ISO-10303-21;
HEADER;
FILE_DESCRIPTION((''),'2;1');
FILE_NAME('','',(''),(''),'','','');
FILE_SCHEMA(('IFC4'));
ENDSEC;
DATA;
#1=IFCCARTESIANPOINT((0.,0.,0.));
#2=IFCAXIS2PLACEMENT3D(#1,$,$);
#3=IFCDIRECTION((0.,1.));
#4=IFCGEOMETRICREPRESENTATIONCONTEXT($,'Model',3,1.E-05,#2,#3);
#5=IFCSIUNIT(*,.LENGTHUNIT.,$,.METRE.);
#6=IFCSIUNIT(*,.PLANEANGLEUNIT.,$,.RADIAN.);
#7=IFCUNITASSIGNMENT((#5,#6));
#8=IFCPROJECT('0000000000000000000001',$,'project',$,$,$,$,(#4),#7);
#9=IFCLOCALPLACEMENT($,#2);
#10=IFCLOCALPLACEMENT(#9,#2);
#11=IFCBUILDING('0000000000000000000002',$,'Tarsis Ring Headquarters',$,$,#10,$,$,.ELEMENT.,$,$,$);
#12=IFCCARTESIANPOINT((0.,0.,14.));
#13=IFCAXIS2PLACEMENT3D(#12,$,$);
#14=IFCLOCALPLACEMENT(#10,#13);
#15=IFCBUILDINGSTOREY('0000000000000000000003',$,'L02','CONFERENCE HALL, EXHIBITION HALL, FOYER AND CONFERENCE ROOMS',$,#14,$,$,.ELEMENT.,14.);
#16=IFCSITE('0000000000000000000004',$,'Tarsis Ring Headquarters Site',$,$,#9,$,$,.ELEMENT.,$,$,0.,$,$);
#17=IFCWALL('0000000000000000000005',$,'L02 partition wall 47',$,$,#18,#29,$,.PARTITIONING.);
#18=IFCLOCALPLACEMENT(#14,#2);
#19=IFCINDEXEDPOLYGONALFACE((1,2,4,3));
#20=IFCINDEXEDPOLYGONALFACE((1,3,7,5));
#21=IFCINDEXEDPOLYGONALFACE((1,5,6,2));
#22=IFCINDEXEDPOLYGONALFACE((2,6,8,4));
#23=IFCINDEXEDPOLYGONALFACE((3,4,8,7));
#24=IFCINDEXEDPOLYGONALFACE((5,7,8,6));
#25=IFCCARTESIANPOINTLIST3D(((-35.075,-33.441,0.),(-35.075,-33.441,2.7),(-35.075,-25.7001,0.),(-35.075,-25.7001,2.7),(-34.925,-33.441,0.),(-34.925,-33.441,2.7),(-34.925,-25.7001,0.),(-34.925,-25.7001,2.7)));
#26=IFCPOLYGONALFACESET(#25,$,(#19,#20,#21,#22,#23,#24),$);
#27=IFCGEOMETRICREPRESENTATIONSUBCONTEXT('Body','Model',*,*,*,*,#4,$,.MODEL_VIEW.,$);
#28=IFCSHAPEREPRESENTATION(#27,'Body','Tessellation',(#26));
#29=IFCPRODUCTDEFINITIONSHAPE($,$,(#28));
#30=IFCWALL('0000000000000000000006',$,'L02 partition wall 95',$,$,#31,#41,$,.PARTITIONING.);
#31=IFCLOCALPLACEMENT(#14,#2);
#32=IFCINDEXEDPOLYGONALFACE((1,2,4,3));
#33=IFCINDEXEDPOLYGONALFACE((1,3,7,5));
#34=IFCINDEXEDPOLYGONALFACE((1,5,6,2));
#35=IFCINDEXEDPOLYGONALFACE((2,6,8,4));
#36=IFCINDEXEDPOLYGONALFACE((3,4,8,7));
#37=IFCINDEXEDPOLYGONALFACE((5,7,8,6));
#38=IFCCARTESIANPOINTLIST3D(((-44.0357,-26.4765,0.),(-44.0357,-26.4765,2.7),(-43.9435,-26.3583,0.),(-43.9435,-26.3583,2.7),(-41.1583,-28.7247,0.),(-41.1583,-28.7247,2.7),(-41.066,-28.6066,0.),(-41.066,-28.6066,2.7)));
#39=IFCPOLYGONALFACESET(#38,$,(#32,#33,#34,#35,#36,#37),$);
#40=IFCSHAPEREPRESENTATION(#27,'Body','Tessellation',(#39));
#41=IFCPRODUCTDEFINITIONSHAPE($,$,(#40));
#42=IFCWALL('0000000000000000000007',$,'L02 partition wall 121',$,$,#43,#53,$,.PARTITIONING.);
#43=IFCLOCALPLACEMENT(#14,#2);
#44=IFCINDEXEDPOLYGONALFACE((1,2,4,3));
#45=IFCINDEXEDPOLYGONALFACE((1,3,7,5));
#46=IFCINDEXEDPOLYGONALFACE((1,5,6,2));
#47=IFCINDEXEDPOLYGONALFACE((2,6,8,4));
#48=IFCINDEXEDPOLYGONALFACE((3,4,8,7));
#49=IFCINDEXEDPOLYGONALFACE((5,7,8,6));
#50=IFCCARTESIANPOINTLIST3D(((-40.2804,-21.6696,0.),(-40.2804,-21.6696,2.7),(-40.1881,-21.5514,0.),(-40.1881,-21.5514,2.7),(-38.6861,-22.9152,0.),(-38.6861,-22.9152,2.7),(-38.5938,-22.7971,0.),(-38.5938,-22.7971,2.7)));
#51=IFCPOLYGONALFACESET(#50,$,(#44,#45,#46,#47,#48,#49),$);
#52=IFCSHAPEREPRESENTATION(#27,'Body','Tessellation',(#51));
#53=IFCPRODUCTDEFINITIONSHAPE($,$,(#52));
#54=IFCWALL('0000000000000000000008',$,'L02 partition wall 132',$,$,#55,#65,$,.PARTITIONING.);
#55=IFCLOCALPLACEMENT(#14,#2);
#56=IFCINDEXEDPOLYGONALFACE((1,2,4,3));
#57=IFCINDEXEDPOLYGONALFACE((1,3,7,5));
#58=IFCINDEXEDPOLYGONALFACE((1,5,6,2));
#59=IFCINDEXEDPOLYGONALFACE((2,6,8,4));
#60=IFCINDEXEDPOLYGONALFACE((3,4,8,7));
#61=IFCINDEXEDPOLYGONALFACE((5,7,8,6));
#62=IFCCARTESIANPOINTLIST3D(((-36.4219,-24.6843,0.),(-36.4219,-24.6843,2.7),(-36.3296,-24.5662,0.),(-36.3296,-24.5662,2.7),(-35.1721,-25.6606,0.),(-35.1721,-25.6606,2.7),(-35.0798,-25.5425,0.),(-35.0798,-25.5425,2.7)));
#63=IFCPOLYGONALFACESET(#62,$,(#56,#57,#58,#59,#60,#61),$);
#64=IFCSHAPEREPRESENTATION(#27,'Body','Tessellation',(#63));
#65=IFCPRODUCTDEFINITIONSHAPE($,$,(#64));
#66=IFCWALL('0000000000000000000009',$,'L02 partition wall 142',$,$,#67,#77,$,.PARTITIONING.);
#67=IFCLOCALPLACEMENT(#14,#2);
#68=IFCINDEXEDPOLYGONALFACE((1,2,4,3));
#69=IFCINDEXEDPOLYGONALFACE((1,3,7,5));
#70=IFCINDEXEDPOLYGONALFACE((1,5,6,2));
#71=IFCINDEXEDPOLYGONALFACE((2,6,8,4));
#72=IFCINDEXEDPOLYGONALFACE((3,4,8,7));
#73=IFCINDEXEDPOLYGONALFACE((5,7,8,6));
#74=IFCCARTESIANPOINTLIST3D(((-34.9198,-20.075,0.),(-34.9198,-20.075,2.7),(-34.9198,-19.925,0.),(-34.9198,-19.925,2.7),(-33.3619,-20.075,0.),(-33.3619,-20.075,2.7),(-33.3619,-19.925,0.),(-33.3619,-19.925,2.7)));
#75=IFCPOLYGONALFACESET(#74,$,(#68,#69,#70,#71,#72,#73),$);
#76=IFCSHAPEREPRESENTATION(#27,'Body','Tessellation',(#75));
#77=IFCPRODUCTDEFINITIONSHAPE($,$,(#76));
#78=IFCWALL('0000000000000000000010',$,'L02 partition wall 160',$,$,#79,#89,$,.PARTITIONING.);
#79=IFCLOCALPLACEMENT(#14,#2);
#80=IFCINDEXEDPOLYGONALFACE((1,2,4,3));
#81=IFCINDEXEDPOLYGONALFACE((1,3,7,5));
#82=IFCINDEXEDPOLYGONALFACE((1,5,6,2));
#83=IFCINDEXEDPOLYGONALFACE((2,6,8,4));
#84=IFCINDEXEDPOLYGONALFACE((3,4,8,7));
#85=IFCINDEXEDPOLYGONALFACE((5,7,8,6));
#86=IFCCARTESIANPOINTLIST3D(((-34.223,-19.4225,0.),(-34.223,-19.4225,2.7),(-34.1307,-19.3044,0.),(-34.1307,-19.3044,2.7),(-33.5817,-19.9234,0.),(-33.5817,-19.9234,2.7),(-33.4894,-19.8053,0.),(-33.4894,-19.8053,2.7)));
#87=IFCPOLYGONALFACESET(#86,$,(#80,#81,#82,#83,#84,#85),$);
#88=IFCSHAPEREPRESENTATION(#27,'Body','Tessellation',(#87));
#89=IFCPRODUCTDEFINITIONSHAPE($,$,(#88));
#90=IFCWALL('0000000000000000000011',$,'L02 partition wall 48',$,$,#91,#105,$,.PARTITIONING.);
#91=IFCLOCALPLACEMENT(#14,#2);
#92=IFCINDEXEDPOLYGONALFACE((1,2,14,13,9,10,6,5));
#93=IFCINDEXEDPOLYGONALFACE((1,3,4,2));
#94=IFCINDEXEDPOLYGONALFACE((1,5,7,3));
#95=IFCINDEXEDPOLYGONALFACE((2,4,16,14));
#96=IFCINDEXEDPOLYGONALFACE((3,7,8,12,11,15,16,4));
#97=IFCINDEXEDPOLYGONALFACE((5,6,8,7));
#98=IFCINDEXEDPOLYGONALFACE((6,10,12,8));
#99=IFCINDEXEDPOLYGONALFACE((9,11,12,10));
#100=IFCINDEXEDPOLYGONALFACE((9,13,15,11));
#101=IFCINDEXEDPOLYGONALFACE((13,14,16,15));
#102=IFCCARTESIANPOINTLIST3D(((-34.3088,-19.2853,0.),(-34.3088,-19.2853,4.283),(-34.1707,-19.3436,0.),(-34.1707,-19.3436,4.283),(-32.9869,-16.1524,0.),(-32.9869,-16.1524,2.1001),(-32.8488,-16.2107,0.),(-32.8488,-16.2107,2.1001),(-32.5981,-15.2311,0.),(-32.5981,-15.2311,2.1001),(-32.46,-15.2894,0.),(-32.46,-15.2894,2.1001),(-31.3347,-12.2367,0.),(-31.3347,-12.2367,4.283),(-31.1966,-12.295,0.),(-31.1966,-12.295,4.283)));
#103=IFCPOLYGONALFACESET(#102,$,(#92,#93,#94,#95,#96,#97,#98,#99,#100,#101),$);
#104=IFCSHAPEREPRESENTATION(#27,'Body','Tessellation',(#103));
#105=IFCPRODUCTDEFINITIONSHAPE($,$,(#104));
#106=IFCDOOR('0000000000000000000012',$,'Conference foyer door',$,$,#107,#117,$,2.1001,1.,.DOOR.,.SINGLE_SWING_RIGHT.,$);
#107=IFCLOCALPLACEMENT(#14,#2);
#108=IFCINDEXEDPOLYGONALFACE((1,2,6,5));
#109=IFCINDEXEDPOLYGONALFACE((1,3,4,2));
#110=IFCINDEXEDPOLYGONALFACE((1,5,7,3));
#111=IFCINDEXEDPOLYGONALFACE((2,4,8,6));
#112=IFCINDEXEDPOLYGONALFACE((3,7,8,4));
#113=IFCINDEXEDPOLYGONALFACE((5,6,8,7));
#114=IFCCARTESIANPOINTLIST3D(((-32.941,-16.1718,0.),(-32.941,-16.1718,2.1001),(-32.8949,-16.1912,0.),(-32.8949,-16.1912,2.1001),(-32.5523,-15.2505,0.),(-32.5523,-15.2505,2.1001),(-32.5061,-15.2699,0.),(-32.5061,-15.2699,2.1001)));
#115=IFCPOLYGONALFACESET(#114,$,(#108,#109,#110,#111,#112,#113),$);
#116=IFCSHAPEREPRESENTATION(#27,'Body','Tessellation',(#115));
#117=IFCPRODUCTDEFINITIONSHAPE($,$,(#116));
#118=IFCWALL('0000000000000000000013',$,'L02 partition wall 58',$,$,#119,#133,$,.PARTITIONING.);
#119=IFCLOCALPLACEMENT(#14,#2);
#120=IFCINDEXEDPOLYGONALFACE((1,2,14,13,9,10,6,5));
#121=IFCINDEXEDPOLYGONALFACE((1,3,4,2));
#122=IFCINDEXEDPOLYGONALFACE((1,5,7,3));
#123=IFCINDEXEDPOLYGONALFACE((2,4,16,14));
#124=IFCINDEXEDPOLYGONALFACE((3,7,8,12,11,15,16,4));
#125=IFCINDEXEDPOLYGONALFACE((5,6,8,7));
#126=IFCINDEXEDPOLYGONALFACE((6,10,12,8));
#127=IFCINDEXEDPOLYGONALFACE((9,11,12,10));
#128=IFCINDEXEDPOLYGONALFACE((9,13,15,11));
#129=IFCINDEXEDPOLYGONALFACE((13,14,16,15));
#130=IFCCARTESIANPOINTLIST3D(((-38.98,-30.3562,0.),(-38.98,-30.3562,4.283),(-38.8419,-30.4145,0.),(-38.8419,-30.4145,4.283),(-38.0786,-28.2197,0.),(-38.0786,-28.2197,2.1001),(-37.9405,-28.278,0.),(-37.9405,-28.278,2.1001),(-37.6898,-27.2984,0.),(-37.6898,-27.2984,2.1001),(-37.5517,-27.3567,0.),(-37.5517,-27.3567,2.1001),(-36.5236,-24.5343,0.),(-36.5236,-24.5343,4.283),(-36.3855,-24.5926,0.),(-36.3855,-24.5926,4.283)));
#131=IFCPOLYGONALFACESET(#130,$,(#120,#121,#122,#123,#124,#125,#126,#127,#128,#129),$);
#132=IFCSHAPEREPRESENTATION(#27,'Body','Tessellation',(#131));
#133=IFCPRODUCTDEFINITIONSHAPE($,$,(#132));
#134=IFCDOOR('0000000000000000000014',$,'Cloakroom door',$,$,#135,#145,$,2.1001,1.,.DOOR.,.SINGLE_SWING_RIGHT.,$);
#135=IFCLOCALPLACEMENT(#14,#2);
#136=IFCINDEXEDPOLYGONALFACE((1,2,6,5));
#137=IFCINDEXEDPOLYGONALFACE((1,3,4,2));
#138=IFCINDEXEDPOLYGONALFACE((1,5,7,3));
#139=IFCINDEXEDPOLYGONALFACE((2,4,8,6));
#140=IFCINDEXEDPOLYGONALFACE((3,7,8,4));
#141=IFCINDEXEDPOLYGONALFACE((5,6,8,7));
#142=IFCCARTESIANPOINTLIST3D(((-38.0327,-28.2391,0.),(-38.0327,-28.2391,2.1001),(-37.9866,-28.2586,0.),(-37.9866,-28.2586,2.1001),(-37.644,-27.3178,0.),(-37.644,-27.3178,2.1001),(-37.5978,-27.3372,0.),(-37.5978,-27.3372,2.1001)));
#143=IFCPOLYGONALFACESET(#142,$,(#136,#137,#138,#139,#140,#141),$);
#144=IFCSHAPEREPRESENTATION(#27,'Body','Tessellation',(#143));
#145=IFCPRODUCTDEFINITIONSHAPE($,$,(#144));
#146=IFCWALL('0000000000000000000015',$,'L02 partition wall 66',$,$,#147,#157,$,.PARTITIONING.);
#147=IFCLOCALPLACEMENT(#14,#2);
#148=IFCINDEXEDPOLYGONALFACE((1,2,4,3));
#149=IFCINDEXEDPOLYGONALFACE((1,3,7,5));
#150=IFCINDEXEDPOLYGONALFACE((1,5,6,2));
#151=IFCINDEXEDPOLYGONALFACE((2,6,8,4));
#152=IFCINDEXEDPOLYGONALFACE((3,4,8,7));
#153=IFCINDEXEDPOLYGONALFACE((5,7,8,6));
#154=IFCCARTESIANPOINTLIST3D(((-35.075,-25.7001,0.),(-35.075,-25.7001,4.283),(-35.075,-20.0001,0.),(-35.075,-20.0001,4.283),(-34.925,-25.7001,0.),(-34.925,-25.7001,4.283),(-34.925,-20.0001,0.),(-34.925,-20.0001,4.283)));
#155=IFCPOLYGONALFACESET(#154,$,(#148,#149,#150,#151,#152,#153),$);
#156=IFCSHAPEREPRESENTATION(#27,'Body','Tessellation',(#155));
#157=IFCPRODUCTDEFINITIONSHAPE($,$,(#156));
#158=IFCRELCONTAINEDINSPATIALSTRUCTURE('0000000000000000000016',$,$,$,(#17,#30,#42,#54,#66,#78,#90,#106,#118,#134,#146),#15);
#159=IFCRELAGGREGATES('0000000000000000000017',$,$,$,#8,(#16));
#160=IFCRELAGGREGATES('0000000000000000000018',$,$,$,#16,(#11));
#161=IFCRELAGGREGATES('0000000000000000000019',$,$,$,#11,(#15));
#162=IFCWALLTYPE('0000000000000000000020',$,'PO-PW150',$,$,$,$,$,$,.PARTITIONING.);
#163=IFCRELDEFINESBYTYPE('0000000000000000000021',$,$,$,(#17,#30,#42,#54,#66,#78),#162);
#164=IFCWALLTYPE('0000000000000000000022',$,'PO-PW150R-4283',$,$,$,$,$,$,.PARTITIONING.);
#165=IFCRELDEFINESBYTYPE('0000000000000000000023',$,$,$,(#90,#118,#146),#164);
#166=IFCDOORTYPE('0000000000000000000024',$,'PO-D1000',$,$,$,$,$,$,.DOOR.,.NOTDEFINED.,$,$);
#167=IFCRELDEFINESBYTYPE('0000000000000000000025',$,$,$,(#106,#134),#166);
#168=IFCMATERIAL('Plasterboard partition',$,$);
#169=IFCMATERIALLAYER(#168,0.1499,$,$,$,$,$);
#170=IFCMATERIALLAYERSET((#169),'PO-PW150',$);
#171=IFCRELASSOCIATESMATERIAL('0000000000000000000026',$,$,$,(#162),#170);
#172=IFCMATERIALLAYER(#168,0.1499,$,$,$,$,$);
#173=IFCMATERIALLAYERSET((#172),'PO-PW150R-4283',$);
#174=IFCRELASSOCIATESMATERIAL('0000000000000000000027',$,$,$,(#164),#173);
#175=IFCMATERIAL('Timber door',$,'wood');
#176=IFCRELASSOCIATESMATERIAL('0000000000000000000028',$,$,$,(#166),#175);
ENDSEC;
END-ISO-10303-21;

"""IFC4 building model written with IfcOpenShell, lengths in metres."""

from ifc_helpers import new_model, si_unit, direction, frame, frame_2d, origin, place, context, subcontext, project, spatial, rectangle, extrude, material, layer, layer_set, type_object, element, fill, save


model = new_model("IFC4")

# Units and contexts
model_context = context("Model", 3, precision=1e-05, world=origin(), true_north=direction((0.0, 1.0)))
body_context = subcontext(model_context, "Body", "Model", "MODEL_VIEW")
ifc_project = project(units=[si_unit("LENGTHUNIT", "METRE"), si_unit("PLANEANGLEUNIT", "RADIAN")], contexts=[model_context])

# Site, building, storey
site_placement = place(None, origin())
site = spatial("IfcSite", under=ifc_project, at=site_placement, Name="Tarsis Ring Headquarters Site", CompositionType="ELEMENT", RefElevation=0.0)
building_placement = place(site_placement, origin())
building = spatial("IfcBuilding", under=site, at=building_placement, Name="Tarsis Ring Headquarters", CompositionType="ELEMENT")
storey_placement = place(building_placement, frame((0.0, 0.0, 14.0)))
storey = spatial("IfcBuildingStorey", under=building, at=storey_placement, Name="L02", Description="CONFERENCE HALL, EXHIBITION HALL, FOYER AND CONFERENCE ROOMS", CompositionType="ELEMENT", Elevation=14.0)

# Walls
ifc_material_1 = material(Name="Plasterboard partition")
ifc_layer_1 = layer(ifc_material_1, 0.1499)
ifc_layer_set_1 = layer_set([ifc_layer_1], Name="PO-PW150")
wall_type_1 = type_object("IfcWallType", Name="PO-PW150", PredefinedType="PARTITIONING", material=ifc_layer_set_1)
wall_1_placement = place(storey_placement, frame((-35.0, -25.7, 0.0), z_axis=(0.0, 0.0, 1.0), x_axis=(0.0, -1.0, 0.0)))
element("IfcWall", 1, at=wall_1_placement, inside=storey, type_object=wall_type_1, Name="L02 partition wall 47", PredefinedType="PARTITIONING", context=body_context, shape_type="SweptSolid", body=[
    extrude(rectangle(XDim=7.741, YDim=0.1499, at=frame_2d((3.8706, 0.0))), origin(), (0.0, 0.0, 1.0), 2.7),
])
wall_2_placement = place(storey_placement, frame((-43.9895, -26.4175, 0.0), z_axis=(0.0, 0.0, 1.0), x_axis=(0.787986, -0.615693, 0.0)))
element("IfcWall", 2, at=wall_2_placement, inside=storey, type_object=wall_type_1, Name="L02 partition wall 95", PredefinedType="PARTITIONING", context=body_context, shape_type="SweptSolid", body=[
    extrude(rectangle(XDim=3.6516, YDim=0.1499, at=frame_2d((1.8257, 0.0))), origin(), (0.0, 0.0, 1.0), 2.7),
])
wall_3_placement = place(storey_placement, frame((-38.6399, -22.8562, 0.0), z_axis=(0.0, 0.0, 1.0), x_axis=(-0.787999, 0.615677, 0.0)))
element("IfcWall", 3, at=wall_3_placement, inside=storey, type_object=wall_type_1, Name="L02 partition wall 121", PredefinedType="PARTITIONING", context=body_context, shape_type="SweptSolid", body=[
    extrude(rectangle(XDim=2.0232, YDim=0.1499, at=frame_2d((1.0117, 0.0))), origin(), (0.0, 0.0, 1.0), 2.7),
])
wall_4_placement = place(storey_placement, frame((-35.126, -25.6016, 0.0), z_axis=(0.0, 0.0, 1.0), x_axis=(-0.788041, 0.615623, 0.0)))
element("IfcWall", 4, at=wall_4_placement, inside=storey, type_object=wall_type_1, Name="L02 partition wall 132", PredefinedType="PARTITIONING", context=body_context, shape_type="SweptSolid", body=[
    extrude(rectangle(XDim=1.5859, YDim=0.1499, at=frame_2d((0.793, 0.0))), origin(), (0.0, 0.0, 1.0), 2.7),
])
wall_5_placement = place(storey_placement, frame((-33.3621, -20.0, 0.0), z_axis=(0.0, 0.0, 1.0), x_axis=(-1.0, 0.0, 0.0)))
element("IfcWall", 5, at=wall_5_placement, inside=storey, type_object=wall_type_1, Name="L02 partition wall 142", PredefinedType="PARTITIONING", context=body_context, shape_type="SweptSolid", body=[
    extrude(rectangle(XDim=1.5579, YDim=0.1499, at=frame_2d((0.7788, 0.0))), origin(), (0.0, 0.0, 1.0), 2.7),
])
wall_6_placement = place(storey_placement, frame((-34.1768, -19.3635, 0.0), z_axis=(0.0, 0.0, 1.0), x_axis=(0.788074, -0.61558, 0.0)))
element("IfcWall", 6, at=wall_6_placement, inside=storey, type_object=wall_type_1, Name="L02 partition wall 160", PredefinedType="PARTITIONING", context=body_context, shape_type="SweptSolid", body=[
    extrude(rectangle(XDim=0.8137, YDim=0.1499, at=frame_2d((0.4067, 0.0))), origin(), (0.0, 0.0, 1.0), 2.7),
])

# Walls, openings, doors
ifc_layer_2 = layer(ifc_material_1, 0.1499)
ifc_layer_set_2 = layer_set([ifc_layer_2], Name="PO-PW150R-4283")
wall_type_2 = type_object("IfcWallType", Name="PO-PW150R-4283", PredefinedType="PARTITIONING", material=ifc_layer_set_2)
wall_7_placement = place(storey_placement, frame((-31.2656, -12.2659, 0.0), z_axis=(0.0, 0.0, 1.0), x_axis=(-0.388756, -0.921341, 0.0)))
wall_7 = element("IfcWall", 7, at=wall_7_placement, inside=storey, type_object=wall_type_2, Name="L02 partition wall 48", PredefinedType="PARTITIONING", context=body_context, shape_type="SweptSolid", body=[
    extrude(rectangle(XDim=7.6504, YDim=0.1499, at=frame_2d((3.8252, 0.0))), origin(), (0.0, 0.0, 1.0), 4.283),
])
opening_1_placement = place(wall_7_placement, frame((3.25, 0.0, 0.0)))
opening_1 = element("IfcOpeningElement", 8, at=opening_1_placement, cuts=wall_7, PredefinedType="OPENING", context=body_context, shape_type="SweptSolid", body=[
    extrude(rectangle(XDim=1.0, YDim=2.1001, at=frame_2d((0.5, 1.05))), frame((0.0, 0.085, 0.0), z_axis=(0.0, -1.0, 0.0), x_axis=(1.0, 0.0, 0.0)), (0.0, 0.0, 1.0), 0.1699),
])
ifc_material_2 = material(Name="Timber door", Category="wood")
door_type = type_object("IfcDoorType", Name="PO-D1000", OperationType="NOTDEFINED", PredefinedType="DOOR", material=ifc_material_2)
door_1_placement = place(opening_1_placement, origin())
door_1 = element("IfcDoor", 9, at=door_1_placement, inside=storey, type_object=door_type, Name="Conference foyer door", OperationType="SINGLE_SWING_RIGHT", OverallHeight=2.1001, OverallWidth=1.0, PredefinedType="DOOR", context=body_context, shape_type="SweptSolid", body=[
    extrude(rectangle(XDim=1.0, YDim=2.1001, at=frame_2d((0.5, 1.05))), frame((0.0, 0.0249, 0.0), z_axis=(0.0, -1.0, 0.0), x_axis=(1.0, 0.0, 0.0)), (0.0, 0.0, 1.0), 0.05),
])
fill(opening_1, door_1)
wall_8_placement = place(storey_placement, frame((-36.4546, -24.5635, 0.0), z_axis=(0.0, 0.0, 1.0), x_axis=(-0.388732, -0.921351, 0.0)))
wall_8 = element("IfcWall", 10, at=wall_8_placement, inside=storey, type_object=wall_type_2, Name="L02 partition wall 58", PredefinedType="PARTITIONING", context=body_context, shape_type="SweptSolid", body=[
    extrude(rectangle(XDim=6.3188, YDim=0.1499, at=frame_2d((3.1594, 0.0))), origin(), (0.0, 0.0, 1.0), 4.283),
])
opening_2_placement = place(wall_8_placement, frame((3.0, 0.0, 0.0)))
opening_2 = element("IfcOpeningElement", 11, at=opening_2_placement, cuts=wall_8, PredefinedType="OPENING", context=body_context, shape_type="SweptSolid", body=[
    extrude(rectangle(XDim=1.0, YDim=2.1001, at=frame_2d((0.5, 1.05))), frame((0.0, 0.085, 0.0), z_axis=(0.0, -1.0, 0.0), x_axis=(1.0, 0.0, 0.0)), (0.0, 0.0, 1.0), 0.1699),
])
door_2_placement = place(opening_2_placement, origin())
door_2 = element("IfcDoor", 12, at=door_2_placement, inside=storey, type_object=door_type, Name="Cloakroom door", OperationType="SINGLE_SWING_RIGHT", OverallHeight=2.1001, OverallWidth=1.0, PredefinedType="DOOR", context=body_context, shape_type="SweptSolid", body=[
    extrude(rectangle(XDim=1.0, YDim=2.1001, at=frame_2d((0.5, 1.05))), frame((0.0, 0.0249, 0.0), z_axis=(0.0, -1.0, 0.0), x_axis=(1.0, 0.0, 0.0)), (0.0, 0.0, 1.0), 0.05),
])
fill(opening_2, door_2)

# Wall
wall_9_placement = place(storey_placement, frame((-35.0, -20.0, 0.0), z_axis=(0.0, 0.0, 1.0), x_axis=(0.0, -1.0, 0.0)))
element("IfcWall", 13, at=wall_9_placement, inside=storey, type_object=wall_type_2, Name="L02 partition wall 66", PredefinedType="PARTITIONING", context=body_context, shape_type="SweptSolid", body=[
    extrude(rectangle(XDim=5.7, YDim=0.1499, at=frame_2d((2.8501, 0.0))), origin(), (0.0, 0.0, 1.0), 4.283),
])

save(model, "model.ifc")
